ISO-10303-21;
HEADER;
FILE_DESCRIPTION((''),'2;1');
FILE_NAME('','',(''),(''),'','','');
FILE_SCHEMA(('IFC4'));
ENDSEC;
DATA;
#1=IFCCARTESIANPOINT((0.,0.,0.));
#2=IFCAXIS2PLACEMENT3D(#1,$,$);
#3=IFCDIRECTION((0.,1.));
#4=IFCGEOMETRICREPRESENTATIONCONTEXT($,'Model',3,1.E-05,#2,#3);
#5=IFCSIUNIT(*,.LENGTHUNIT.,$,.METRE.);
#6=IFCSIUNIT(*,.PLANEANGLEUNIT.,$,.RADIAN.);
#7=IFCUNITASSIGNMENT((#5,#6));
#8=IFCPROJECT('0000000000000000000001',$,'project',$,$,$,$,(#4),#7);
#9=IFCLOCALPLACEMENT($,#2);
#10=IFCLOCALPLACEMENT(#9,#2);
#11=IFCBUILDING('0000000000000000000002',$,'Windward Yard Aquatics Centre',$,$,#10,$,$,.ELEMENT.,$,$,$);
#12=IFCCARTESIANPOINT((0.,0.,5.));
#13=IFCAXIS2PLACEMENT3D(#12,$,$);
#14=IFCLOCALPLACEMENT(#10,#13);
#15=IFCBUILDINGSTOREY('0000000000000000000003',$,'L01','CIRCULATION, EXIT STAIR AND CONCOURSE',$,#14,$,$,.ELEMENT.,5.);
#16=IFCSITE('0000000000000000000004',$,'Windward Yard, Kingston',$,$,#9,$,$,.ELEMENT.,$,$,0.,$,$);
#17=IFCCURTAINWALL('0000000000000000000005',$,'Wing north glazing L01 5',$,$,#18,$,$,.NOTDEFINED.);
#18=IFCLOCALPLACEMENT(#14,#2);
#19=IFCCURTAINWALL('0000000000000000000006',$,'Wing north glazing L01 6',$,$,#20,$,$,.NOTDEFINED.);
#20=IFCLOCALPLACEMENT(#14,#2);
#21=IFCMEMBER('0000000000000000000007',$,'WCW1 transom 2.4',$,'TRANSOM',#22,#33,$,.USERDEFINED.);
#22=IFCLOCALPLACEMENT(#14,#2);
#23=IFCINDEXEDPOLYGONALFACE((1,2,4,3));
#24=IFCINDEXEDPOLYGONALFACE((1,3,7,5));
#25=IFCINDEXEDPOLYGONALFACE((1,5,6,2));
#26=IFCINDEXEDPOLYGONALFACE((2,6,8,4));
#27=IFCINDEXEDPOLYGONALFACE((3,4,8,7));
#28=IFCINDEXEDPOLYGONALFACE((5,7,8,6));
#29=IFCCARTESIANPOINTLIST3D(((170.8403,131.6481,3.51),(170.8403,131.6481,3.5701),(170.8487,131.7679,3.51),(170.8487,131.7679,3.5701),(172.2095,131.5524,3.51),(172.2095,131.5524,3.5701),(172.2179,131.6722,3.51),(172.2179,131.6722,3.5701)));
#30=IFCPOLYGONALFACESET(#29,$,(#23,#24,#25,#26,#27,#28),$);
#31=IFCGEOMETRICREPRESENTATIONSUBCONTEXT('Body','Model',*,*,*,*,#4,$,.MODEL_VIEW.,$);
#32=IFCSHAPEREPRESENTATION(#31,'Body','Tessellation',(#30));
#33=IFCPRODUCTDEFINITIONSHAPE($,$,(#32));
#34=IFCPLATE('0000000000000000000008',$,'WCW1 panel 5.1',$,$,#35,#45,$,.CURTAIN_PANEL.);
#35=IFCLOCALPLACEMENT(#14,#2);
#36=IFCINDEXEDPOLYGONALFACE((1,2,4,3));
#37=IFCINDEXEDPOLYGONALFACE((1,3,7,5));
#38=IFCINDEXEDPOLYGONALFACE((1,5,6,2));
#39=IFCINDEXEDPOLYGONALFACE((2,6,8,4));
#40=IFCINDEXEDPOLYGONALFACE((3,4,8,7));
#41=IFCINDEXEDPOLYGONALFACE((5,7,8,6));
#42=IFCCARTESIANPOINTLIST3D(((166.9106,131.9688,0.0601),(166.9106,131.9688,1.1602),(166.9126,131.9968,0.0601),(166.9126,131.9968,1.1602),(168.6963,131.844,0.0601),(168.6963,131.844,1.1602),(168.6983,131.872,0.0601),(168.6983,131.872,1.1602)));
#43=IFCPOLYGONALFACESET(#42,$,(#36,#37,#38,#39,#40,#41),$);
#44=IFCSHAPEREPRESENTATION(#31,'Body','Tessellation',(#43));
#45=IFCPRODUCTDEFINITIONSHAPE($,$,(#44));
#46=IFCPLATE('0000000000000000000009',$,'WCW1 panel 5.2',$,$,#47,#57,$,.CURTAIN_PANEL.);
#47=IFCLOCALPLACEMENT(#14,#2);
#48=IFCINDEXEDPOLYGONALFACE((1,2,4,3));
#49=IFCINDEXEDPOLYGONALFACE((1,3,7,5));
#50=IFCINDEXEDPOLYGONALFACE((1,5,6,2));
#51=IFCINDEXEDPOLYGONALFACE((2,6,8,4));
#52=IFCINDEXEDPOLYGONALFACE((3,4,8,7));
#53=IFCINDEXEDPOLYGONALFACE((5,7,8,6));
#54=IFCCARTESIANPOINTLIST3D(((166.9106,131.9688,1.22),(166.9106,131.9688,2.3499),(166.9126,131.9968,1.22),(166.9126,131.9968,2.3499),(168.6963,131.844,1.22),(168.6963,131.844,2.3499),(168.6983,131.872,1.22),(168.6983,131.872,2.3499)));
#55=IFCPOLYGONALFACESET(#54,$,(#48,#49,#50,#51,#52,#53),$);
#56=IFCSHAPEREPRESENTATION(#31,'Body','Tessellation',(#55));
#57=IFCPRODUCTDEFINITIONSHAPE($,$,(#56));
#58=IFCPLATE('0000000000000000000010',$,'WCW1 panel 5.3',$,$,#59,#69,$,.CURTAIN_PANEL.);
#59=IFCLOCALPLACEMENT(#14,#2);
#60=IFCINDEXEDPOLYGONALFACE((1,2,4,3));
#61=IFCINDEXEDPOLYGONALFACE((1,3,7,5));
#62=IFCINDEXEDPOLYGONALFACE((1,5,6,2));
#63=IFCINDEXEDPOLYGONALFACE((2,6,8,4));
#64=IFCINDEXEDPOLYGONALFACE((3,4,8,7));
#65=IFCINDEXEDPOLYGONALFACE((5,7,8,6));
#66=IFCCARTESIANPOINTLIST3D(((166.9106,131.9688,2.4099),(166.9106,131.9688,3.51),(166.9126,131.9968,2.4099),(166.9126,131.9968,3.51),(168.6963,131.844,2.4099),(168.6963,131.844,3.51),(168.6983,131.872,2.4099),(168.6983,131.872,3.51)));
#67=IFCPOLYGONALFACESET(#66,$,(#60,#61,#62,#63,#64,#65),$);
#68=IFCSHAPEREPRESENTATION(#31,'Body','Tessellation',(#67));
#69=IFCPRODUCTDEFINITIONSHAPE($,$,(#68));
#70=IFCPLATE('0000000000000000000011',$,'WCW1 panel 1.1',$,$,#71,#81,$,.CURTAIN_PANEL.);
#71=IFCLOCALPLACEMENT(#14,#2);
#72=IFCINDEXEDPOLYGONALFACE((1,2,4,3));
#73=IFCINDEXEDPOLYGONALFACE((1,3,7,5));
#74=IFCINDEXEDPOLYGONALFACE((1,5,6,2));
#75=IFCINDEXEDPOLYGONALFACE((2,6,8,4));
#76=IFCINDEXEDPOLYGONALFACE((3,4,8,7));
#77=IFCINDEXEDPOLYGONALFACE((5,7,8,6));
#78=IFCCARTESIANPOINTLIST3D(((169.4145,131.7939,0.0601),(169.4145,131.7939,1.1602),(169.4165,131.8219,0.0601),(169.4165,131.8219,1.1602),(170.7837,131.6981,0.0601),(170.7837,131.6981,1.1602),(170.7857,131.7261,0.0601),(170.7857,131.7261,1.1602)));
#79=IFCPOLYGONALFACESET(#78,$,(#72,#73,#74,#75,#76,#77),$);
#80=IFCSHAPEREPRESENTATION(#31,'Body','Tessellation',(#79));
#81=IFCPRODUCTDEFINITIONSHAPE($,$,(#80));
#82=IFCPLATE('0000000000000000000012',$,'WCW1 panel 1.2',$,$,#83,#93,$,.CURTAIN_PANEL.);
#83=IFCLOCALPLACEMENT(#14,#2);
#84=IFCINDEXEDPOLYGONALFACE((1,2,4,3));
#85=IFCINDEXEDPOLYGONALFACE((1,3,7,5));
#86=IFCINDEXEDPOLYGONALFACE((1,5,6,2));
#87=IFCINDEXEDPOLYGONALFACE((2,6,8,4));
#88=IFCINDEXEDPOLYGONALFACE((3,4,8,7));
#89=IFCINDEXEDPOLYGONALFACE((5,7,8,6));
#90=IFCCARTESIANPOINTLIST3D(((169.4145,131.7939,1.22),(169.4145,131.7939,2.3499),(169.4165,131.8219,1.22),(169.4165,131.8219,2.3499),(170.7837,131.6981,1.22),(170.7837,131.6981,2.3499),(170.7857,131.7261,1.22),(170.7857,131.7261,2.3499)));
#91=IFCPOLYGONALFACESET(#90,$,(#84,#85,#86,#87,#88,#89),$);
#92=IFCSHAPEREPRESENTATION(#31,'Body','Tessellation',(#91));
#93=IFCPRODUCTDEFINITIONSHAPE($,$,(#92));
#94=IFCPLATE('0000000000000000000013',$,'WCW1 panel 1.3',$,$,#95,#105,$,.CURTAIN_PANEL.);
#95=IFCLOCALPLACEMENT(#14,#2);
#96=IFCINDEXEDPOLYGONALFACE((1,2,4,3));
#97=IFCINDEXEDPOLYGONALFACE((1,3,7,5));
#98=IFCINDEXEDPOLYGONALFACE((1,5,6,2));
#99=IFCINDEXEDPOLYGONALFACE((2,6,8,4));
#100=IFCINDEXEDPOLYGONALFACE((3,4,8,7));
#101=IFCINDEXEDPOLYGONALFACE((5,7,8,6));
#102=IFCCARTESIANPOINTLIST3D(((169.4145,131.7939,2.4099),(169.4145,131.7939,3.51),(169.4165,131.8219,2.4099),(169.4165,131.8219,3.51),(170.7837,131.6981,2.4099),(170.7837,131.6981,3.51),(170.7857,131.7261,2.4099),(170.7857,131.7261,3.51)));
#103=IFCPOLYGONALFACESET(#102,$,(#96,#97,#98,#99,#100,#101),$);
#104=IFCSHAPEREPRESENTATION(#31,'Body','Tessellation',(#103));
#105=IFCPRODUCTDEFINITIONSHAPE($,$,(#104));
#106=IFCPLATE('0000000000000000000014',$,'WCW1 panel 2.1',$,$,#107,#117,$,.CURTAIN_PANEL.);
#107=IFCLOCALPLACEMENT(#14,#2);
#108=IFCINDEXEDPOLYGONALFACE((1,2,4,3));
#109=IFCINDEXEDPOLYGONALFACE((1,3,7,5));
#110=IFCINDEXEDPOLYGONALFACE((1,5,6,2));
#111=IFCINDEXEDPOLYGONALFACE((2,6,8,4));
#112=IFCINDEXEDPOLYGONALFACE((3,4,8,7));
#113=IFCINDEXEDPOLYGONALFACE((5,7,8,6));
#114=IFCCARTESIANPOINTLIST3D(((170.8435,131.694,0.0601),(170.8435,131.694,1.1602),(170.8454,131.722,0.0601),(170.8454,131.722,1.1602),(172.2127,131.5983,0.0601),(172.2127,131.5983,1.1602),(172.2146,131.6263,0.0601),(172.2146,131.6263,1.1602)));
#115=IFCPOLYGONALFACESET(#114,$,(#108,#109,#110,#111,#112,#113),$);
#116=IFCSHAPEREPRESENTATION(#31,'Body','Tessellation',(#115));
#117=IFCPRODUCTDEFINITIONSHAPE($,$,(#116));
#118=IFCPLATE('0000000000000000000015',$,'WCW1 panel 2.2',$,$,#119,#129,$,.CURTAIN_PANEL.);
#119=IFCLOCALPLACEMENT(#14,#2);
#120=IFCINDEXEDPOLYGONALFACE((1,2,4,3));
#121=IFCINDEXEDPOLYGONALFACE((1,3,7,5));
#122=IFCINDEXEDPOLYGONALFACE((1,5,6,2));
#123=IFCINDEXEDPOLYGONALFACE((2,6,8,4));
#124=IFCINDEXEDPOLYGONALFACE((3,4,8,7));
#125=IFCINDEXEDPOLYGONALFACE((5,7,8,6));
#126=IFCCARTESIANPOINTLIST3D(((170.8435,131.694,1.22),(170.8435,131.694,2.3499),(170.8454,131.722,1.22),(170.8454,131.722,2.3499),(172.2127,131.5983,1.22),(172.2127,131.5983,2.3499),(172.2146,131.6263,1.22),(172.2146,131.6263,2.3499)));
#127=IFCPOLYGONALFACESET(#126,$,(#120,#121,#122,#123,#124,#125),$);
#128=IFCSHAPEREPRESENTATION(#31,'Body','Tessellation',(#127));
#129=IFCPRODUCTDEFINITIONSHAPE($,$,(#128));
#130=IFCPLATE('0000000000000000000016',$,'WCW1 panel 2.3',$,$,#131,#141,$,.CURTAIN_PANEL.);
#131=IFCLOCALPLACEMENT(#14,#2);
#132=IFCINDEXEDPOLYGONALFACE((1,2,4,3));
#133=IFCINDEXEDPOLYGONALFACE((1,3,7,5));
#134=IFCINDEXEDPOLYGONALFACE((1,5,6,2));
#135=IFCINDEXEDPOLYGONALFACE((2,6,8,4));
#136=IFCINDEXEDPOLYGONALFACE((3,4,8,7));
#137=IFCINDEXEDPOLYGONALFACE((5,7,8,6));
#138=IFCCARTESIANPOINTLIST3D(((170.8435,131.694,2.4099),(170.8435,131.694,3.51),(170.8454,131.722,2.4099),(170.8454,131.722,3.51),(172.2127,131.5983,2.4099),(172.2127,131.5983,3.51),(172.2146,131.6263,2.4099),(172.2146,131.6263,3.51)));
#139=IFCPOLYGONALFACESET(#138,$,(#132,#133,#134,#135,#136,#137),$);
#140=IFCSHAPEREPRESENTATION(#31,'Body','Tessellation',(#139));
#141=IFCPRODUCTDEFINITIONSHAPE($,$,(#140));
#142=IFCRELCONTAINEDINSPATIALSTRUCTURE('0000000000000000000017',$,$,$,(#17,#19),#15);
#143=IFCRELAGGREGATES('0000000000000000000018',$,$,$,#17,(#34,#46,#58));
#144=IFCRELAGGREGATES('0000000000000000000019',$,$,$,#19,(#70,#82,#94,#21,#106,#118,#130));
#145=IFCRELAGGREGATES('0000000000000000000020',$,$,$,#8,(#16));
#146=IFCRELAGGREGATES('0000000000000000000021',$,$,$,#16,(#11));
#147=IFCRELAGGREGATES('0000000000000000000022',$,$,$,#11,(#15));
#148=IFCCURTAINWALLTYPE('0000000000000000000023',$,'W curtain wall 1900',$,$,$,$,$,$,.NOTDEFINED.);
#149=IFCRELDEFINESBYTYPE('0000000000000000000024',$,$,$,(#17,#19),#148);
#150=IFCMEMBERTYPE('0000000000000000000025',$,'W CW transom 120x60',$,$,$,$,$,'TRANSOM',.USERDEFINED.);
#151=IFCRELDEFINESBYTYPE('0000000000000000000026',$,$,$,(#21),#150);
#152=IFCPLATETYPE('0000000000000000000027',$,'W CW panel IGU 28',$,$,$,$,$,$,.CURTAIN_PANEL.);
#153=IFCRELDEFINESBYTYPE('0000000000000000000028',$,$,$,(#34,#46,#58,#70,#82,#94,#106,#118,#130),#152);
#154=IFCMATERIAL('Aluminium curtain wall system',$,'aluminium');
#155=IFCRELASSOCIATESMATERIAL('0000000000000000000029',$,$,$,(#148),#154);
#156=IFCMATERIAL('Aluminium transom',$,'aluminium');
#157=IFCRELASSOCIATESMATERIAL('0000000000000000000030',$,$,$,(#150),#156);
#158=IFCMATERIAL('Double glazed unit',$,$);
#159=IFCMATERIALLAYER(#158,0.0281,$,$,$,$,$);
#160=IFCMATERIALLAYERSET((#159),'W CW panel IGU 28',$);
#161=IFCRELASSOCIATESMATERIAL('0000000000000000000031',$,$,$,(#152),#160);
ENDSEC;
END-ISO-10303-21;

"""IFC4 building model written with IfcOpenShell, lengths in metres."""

from ifc_helpers import new_model, si_unit, direction, frame, origin, origin_2d, place, context, subcontext, project, spatial, rectangle, extrude, material, layer, layer_set, material_profile, profile_set, type_object, element, aggregate, save


model = new_model("IFC4")

# Units and contexts
model_context = context("Model", 3, precision=1e-05, world=origin(), true_north=direction((0.0, 1.0)))
body_context = subcontext(model_context, "Body", "Model", "MODEL_VIEW")
ifc_project = project(units=[si_unit("LENGTHUNIT", "METRE"), si_unit("PLANEANGLEUNIT", "RADIAN")], contexts=[model_context])

# Site, building, storey
site_placement = place(None, origin())
site = spatial("IfcSite", under=ifc_project, at=site_placement, Name="Windward Yard, Kingston", CompositionType="ELEMENT", RefElevation=0.0)
building_placement = place(site_placement, origin())
building = spatial("IfcBuilding", under=site, at=building_placement, Name="Windward Yard Aquatics Centre", CompositionType="ELEMENT")
storey_placement = place(building_placement, frame((0.0, 0.0, 5.0)))
storey = spatial("IfcBuildingStorey", under=building, at=storey_placement, Name="L01", Description="CIRCULATION, EXIT STAIR AND CONCOURSE", CompositionType="ELEMENT", Elevation=5.0)

# Curtain wall
ifc_material_1 = material(Name="Aluminium curtain wall system", Category="aluminium")
curtain_wall_type = type_object("IfcCurtainWallType", Name="W curtain wall 1900", PredefinedType="NOTDEFINED", material=ifc_material_1)
curtain_wall_1_placement = place(storey_placement, origin())
curtain_wall_1 = element("IfcCurtainWall", 1, at=curtain_wall_1_placement, inside=storey, type_object=curtain_wall_type, Name="Wing north glazing L01 5", PredefinedType="NOTDEFINED")

# Curtain wall
curtain_wall_2_placement = place(storey_placement, origin())
curtain_wall_2 = element("IfcCurtainWall", 2, at=curtain_wall_2_placement, inside=storey, type_object=curtain_wall_type, Name="Wing north glazing L01 6", PredefinedType="NOTDEFINED")

# Member
ifc_material_2 = material(Name="Aluminium transom", Category="aluminium")
ifc_material_profile_1 = material_profile(ifc_material_2, rectangle(XDim=0.1201, YDim=0.0601, at=origin_2d()), Name="AL 120x60")
ifc_profile_set_1 = profile_set([ifc_material_profile_1], Name="Aluminium transom")
member_type_1 = type_object("IfcMemberType", Name="W CW transom 120x60", ElementType="TRANSOM", PredefinedType="USERDEFINED", material=ifc_profile_set_1)
member_1_placement = place(storey_placement, frame((170.8445, 131.708, 3.54), z_axis=(0.997566, -0.06973, 0.0), x_axis=(0.06973, 0.997566, 0.0)))
member_1 = element("IfcMember", 3, at=member_1_placement, type_object=member_type_1, Name="WCW1 transom 2.4", ObjectType="TRANSOM", PredefinedType="USERDEFINED", context=body_context, shape_type="SweptSolid", body=[
    extrude(rectangle(XDim=0.1201, YDim=0.0601, at=origin_2d()), origin(), (0.0, 0.0, 1.0), 1.3726),
])

# Plates
ifc_material_3 = material(Name="Double glazed unit")
ifc_layer = layer(ifc_material_3, 0.0281)
ifc_layer_set = layer_set([ifc_layer], Name="W CW panel IGU 28")
plate_type = type_object("IfcPlateType", Name="W CW panel IGU 28", PredefinedType="CURTAIN_PANEL", material=ifc_layer_set)
plate_1_placement = place(storey_placement, frame((167.8044, 131.9204, 0.0601), z_axis=(0.0, 0.0, 1.0), x_axis=(0.997564, -0.069755, 0.0)))
plate_1 = element("IfcPlate", 4, at=plate_1_placement, type_object=plate_type, Name="WCW1 panel 5.1", PredefinedType="CURTAIN_PANEL", context=body_context, shape_type="SweptSolid", body=[
    extrude(rectangle(XDim=1.79, YDim=0.0281, at=origin_2d()), origin(), (0.0, 0.0, 1.0), 1.1001),
])
plate_2_placement = place(storey_placement, frame((167.8044, 131.9204, 1.22), z_axis=(0.0, 0.0, 1.0), x_axis=(0.997564, -0.069755, 0.0)))
plate_2 = element("IfcPlate", 5, at=plate_2_placement, type_object=plate_type, Name="WCW1 panel 5.2", PredefinedType="CURTAIN_PANEL", context=body_context, shape_type="SweptSolid", body=[
    extrude(rectangle(XDim=1.79, YDim=0.0281, at=origin_2d()), origin(), (0.0, 0.0, 1.0), 1.1299),
])
plate_3_placement = place(storey_placement, frame((167.8044, 131.9204, 2.4099), z_axis=(0.0, 0.0, 1.0), x_axis=(0.997564, -0.069755, 0.0)))
plate_3 = element("IfcPlate", 6, at=plate_3_placement, type_object=plate_type, Name="WCW1 panel 5.3", PredefinedType="CURTAIN_PANEL", context=body_context, shape_type="SweptSolid", body=[
    extrude(rectangle(XDim=1.79, YDim=0.0281, at=origin_2d()), origin(), (0.0, 0.0, 1.0), 1.1001),
])
aggregate(curtain_wall_1, [plate_1, plate_2, plate_3])
plate_4_placement = place(storey_placement, frame((170.1001, 131.76, 0.0601), z_axis=(0.0, 0.0, 1.0), x_axis=(0.997565, -0.069745, 0.0)))
plate_4 = element("IfcPlate", 7, at=plate_4_placement, type_object=plate_type, Name="WCW1 panel 1.1", PredefinedType="CURTAIN_PANEL", context=body_context, shape_type="SweptSolid", body=[
    extrude(rectangle(XDim=1.3726, YDim=0.0281, at=origin_2d()), origin(), (0.0, 0.0, 1.0), 1.1001),
])
plate_5_placement = place(storey_placement, frame((170.1001, 131.76, 1.22), z_axis=(0.0, 0.0, 1.0), x_axis=(0.997565, -0.069745, 0.0)))
plate_5 = element("IfcPlate", 8, at=plate_5_placement, type_object=plate_type, Name="WCW1 panel 1.2", PredefinedType="CURTAIN_PANEL", context=body_context, shape_type="SweptSolid", body=[
    extrude(rectangle(XDim=1.3726, YDim=0.0281, at=origin_2d()), origin(), (0.0, 0.0, 1.0), 1.1299),
])
plate_6_placement = place(storey_placement, frame((170.1001, 131.76, 2.4099), z_axis=(0.0, 0.0, 1.0), x_axis=(0.997565, -0.069745, 0.0)))
plate_6 = element("IfcPlate", 9, at=plate_6_placement, type_object=plate_type, Name="WCW1 panel 1.3", PredefinedType="CURTAIN_PANEL", context=body_context, shape_type="SweptSolid", body=[
    extrude(rectangle(XDim=1.3726, YDim=0.0281, at=origin_2d()), origin(), (0.0, 0.0, 1.0), 1.1001),
])
plate_7_placement = place(storey_placement, frame((171.5291, 131.6602, 0.0601), z_axis=(0.0, 0.0, 1.0), x_axis=(0.997565, -0.069745, 0.0)))
plate_7 = element("IfcPlate", 10, at=plate_7_placement, type_object=plate_type, Name="WCW1 panel 2.1", PredefinedType="CURTAIN_PANEL", context=body_context, shape_type="SweptSolid", body=[
    extrude(rectangle(XDim=1.3726, YDim=0.0281, at=origin_2d()), origin(), (0.0, 0.0, 1.0), 1.1001),
])
plate_8_placement = place(storey_placement, frame((171.5291, 131.6602, 1.22), z_axis=(0.0, 0.0, 1.0), x_axis=(0.997565, -0.069745, 0.0)))
plate_8 = element("IfcPlate", 11, at=plate_8_placement, type_object=plate_type, Name="WCW1 panel 2.2", PredefinedType="CURTAIN_PANEL", context=body_context, shape_type="SweptSolid", body=[
    extrude(rectangle(XDim=1.3726, YDim=0.0281, at=origin_2d()), origin(), (0.0, 0.0, 1.0), 1.1299),
])
plate_9_placement = place(storey_placement, frame((171.5291, 131.6602, 2.4099), z_axis=(0.0, 0.0, 1.0), x_axis=(0.997565, -0.069745, 0.0)))
plate_9 = element("IfcPlate", 12, at=plate_9_placement, type_object=plate_type, Name="WCW1 panel 2.3", PredefinedType="CURTAIN_PANEL", context=body_context, shape_type="SweptSolid", body=[
    extrude(rectangle(XDim=1.3726, YDim=0.0281, at=origin_2d()), origin(), (0.0, 0.0, 1.0), 1.1001),
])
aggregate(curtain_wall_2, [plate_4, plate_5, plate_6, member_1, plate_7, plate_8, plate_9])

save(model, "model.ifc")
